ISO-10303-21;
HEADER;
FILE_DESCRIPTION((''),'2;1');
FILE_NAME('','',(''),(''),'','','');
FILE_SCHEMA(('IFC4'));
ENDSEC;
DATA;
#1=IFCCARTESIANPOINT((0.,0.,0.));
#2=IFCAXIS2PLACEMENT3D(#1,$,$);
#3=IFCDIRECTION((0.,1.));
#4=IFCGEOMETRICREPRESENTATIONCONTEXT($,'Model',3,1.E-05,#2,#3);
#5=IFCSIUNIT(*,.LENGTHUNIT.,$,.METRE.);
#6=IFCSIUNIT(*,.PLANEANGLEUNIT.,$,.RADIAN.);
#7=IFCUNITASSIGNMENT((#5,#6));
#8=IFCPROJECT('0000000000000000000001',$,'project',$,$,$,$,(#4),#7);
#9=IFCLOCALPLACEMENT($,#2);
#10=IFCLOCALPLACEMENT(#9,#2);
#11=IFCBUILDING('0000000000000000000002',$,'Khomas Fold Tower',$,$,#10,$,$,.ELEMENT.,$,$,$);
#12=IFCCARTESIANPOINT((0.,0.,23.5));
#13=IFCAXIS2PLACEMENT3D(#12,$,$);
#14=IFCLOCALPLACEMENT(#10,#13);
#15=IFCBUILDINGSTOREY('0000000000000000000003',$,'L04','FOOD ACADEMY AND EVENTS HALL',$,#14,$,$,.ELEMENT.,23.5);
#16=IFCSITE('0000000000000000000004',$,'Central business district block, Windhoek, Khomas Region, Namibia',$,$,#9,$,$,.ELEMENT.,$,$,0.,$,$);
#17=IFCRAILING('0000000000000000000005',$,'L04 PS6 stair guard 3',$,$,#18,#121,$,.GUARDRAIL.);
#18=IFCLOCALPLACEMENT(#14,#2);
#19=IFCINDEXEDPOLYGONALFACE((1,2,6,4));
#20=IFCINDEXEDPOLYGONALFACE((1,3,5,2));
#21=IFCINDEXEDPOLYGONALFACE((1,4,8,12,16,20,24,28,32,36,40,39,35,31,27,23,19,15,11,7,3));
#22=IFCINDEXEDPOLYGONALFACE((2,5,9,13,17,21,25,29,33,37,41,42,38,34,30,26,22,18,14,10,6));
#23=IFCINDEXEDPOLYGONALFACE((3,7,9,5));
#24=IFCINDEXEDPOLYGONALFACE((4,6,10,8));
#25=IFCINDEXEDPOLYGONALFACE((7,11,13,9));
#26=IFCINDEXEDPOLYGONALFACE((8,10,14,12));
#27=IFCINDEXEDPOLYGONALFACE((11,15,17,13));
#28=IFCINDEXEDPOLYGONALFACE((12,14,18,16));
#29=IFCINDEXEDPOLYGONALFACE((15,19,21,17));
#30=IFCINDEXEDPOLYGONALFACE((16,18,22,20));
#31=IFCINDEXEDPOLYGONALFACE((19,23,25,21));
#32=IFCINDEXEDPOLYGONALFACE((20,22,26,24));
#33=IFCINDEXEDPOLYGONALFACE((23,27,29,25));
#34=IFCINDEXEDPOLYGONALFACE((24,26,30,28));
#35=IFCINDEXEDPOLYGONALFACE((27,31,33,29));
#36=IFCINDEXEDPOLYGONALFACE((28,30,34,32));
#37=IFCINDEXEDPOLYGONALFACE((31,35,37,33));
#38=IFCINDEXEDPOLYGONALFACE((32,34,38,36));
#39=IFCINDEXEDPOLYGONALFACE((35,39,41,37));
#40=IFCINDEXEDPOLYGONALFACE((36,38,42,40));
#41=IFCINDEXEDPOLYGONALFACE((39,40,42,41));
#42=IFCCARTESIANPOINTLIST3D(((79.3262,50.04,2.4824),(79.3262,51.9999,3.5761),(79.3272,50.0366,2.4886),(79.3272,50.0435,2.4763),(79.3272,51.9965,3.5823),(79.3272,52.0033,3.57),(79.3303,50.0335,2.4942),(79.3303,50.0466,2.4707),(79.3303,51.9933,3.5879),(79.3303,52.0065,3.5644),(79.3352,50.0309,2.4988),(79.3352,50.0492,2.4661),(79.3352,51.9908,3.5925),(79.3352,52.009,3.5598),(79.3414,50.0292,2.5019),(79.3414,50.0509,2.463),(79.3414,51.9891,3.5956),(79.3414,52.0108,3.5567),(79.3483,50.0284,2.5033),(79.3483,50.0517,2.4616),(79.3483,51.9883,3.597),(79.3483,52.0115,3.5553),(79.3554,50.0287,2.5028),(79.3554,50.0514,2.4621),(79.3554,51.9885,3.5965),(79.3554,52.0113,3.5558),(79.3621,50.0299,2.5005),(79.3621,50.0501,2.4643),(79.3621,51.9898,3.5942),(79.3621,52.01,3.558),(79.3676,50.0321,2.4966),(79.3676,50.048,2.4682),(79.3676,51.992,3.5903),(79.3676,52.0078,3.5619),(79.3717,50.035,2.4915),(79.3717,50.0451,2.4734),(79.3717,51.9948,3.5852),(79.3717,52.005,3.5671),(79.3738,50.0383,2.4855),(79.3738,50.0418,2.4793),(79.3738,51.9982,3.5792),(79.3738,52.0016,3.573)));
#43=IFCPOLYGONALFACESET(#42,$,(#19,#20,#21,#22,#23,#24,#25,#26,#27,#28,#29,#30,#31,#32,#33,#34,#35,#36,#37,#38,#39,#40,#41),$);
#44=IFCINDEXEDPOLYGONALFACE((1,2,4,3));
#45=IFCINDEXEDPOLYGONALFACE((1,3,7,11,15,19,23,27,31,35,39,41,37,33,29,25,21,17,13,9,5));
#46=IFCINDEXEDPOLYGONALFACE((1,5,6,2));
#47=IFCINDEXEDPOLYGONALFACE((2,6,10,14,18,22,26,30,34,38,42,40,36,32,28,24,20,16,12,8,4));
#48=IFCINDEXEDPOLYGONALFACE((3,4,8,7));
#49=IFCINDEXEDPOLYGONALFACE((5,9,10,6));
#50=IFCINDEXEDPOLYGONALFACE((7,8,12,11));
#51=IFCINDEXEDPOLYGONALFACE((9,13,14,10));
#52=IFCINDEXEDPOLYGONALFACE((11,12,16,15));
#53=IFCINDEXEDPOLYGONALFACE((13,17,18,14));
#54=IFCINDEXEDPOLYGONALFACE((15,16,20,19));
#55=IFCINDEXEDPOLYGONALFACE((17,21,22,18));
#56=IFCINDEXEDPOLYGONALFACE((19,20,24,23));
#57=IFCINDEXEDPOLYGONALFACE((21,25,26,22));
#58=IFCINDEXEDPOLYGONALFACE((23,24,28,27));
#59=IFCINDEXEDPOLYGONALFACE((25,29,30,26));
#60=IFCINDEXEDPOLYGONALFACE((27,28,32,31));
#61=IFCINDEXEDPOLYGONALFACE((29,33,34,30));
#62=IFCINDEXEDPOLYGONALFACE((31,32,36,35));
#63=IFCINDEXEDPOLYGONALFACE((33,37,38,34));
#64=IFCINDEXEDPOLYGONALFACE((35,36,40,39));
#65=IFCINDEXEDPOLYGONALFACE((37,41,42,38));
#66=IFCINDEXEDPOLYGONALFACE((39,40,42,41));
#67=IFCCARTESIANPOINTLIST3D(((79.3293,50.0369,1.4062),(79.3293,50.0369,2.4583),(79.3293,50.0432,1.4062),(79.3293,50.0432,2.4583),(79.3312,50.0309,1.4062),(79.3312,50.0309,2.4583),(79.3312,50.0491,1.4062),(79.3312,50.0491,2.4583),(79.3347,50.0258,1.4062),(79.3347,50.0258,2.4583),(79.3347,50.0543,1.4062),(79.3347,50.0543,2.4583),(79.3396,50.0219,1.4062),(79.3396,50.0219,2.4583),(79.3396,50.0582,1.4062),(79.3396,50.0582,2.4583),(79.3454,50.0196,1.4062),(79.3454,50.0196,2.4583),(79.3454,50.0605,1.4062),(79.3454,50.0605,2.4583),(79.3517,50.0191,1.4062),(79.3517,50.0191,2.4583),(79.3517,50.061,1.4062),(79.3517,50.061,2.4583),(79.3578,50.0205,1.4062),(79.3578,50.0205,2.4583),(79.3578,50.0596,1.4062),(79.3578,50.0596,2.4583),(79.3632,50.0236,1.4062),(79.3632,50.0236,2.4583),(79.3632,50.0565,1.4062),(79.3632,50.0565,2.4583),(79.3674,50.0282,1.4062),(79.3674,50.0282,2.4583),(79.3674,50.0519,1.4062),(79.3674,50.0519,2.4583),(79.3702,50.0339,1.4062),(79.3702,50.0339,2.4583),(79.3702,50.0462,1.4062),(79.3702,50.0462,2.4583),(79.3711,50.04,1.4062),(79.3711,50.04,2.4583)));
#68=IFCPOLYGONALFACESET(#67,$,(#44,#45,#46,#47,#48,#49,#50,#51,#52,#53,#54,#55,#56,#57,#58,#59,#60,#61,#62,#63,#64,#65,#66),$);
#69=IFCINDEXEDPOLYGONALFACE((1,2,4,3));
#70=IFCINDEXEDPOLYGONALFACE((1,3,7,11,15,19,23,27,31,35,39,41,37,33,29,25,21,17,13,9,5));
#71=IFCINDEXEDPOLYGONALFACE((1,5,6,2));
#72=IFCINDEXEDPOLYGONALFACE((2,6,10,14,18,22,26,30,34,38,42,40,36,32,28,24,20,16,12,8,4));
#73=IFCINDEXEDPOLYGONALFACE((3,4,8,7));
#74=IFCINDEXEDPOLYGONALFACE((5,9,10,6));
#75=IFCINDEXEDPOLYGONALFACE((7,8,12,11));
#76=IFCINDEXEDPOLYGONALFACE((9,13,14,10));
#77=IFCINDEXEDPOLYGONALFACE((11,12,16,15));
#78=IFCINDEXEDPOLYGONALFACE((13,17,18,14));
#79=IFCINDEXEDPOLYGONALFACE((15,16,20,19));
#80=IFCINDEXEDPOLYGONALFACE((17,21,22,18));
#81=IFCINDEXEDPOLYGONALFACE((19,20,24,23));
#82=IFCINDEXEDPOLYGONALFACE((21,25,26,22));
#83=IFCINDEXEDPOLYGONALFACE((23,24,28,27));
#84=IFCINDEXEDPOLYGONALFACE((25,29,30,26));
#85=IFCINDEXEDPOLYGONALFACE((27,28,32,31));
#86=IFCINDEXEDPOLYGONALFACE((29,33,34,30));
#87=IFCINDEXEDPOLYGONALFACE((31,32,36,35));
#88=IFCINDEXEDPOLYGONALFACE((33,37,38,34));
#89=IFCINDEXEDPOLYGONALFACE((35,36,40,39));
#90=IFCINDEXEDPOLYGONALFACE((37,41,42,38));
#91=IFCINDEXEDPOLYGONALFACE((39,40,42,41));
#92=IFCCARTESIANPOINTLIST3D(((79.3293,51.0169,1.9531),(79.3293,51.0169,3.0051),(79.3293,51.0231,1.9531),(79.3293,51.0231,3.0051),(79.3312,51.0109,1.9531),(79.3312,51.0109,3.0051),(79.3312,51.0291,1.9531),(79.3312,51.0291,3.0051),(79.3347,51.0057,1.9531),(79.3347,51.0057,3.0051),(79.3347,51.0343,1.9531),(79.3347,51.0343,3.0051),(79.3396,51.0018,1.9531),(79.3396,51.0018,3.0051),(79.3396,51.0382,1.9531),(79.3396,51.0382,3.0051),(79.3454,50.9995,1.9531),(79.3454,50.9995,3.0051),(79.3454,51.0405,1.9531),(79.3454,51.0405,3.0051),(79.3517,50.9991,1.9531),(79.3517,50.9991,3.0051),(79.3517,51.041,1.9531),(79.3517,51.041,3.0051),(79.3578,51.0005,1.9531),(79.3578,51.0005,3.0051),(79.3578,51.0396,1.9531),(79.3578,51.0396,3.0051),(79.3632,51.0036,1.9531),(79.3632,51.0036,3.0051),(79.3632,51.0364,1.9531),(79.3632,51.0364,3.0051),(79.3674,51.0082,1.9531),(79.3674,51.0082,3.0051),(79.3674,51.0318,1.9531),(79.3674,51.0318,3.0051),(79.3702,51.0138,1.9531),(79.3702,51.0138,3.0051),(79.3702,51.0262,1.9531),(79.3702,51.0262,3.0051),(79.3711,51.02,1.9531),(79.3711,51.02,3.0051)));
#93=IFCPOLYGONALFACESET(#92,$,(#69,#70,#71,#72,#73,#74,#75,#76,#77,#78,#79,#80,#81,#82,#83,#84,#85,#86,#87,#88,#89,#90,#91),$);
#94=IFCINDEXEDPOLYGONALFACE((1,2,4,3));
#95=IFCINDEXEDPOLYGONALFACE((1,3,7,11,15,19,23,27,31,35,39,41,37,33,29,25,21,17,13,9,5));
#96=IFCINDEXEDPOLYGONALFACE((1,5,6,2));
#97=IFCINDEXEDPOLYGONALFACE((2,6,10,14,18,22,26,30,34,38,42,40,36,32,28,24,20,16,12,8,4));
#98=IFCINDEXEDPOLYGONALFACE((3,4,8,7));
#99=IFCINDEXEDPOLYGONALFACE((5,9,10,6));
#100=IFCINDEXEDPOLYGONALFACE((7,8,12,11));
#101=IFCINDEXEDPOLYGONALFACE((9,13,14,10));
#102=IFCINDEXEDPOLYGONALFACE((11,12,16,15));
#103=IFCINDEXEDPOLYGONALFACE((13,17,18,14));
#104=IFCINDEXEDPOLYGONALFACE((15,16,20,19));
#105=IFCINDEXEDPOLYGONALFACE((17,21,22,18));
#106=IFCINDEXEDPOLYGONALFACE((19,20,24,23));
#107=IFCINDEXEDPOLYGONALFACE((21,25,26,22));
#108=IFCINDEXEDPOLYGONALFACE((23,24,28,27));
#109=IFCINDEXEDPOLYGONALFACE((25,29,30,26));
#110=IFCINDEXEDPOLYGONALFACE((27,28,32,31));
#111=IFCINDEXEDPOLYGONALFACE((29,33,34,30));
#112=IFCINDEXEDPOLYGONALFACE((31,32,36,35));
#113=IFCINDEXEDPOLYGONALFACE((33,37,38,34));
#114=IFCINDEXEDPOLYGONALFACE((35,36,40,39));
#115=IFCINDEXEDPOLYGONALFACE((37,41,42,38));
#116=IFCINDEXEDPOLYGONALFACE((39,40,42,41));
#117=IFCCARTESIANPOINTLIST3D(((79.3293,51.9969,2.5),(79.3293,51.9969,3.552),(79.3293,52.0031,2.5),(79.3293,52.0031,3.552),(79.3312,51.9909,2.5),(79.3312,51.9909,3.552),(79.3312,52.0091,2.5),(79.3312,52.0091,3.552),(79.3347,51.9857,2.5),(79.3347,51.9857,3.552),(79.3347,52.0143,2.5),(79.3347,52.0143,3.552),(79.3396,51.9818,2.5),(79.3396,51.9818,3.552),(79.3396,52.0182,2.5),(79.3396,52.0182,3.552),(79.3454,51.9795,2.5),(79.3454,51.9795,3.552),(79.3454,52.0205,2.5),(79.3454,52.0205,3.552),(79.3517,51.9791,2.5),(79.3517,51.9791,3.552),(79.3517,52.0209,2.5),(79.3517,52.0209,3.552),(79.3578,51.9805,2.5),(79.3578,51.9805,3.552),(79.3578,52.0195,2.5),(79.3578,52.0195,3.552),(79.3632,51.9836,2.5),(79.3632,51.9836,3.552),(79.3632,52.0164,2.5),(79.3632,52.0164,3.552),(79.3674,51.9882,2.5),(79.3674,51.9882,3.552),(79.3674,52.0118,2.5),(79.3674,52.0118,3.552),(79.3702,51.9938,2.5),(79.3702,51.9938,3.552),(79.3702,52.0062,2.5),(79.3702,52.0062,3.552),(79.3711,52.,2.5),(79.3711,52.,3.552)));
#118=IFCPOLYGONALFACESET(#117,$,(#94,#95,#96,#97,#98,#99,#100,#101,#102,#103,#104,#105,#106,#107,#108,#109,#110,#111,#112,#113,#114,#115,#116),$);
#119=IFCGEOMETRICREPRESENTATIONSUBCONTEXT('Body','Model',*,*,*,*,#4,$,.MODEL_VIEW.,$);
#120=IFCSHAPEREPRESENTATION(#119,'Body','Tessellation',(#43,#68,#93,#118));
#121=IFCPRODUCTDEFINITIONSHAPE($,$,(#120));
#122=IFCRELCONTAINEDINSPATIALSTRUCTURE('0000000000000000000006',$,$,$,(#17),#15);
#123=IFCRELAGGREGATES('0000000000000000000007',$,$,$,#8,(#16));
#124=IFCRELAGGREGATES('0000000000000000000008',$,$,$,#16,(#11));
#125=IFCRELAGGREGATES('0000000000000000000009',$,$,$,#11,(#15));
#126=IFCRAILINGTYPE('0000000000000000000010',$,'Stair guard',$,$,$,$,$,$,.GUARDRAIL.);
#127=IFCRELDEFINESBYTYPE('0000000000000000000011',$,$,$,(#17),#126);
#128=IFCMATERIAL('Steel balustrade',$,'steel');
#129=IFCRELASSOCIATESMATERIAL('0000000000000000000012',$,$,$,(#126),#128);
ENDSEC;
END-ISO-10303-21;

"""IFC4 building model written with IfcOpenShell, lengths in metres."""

from ifc_helpers import new_model, si_unit, direction, frame, origin, origin_2d, place, context, subcontext, project, spatial, circle, extrude, source, transform, mapped, material, type_object, element, save


model = new_model("IFC4")

# Units and contexts
model_context = context("Model", 3, precision=1e-05, world=origin(), true_north=direction((0.0, 1.0)))
body_context = subcontext(model_context, "Body", "Model", "MODEL_VIEW")
ifc_project = project(units=[si_unit("LENGTHUNIT", "METRE"), si_unit("PLANEANGLEUNIT", "RADIAN")], contexts=[model_context])

# Site, building, storey
site_placement = place(None, origin())
site = spatial("IfcSite", under=ifc_project, at=site_placement, Name="Central business district block, Windhoek, Khomas Region, Namibia", CompositionType="ELEMENT", RefElevation=0.0)
building_placement = place(site_placement, origin())
building = spatial("IfcBuilding", under=site, at=building_placement, Name="Khomas Fold Tower", CompositionType="ELEMENT")
storey_placement = place(building_placement, frame((0.0, 0.0, 23.5)))
storey = spatial("IfcBuildingStorey", under=building, at=storey_placement, Name="L04", Description="FOOD ACADEMY AND EVENTS HALL", CompositionType="ELEMENT", Elevation=23.5)

# Railing
ifc_material_1 = material(Name="Steel balustrade", Category="steel")
railing_type_1 = type_object("IfcRailingType", Name="Stair guard", PredefinedType="GUARDRAIL", material=ifc_material_1)
shared_shape_1 = source(origin(), body_context, "Body", "SweptSolid", [
    extrude(circle(Radius=0.0239, at=origin_2d()), frame((0.0, 0.0, 1.0762), z_axis=(0.0, 0.873232, 0.487304), x_axis=(-1.0, 0.0, 0.0)), (0.0, 0.0, 1.0), 2.2444),
    extrude(circle(Radius=0.021, at=origin_2d()), origin(), (0.0, 0.0, 1.0), 1.052),
    extrude(circle(Radius=0.021, at=origin_2d()), frame((0.0, 0.98, 0.5469)), (0.0, 0.0, 1.0), 1.052),
    extrude(circle(Radius=0.021, at=origin_2d()), frame((0.0, 1.96, 1.0938)), (0.0, 0.0, 1.0), 1.052),
])
for number, where, name in (
    (1, (79.3501, 50.04, 1.4062), "L04 PS6 stair guard 3"),
):
    element("IfcRailing", number, at=place(storey_placement, frame(where)), inside=storey, type_object=railing_type_1, Name=name, PredefinedType="GUARDRAIL", context=body_context, shape_type="MappedRepresentation", body=[
        mapped(shared_shape_1, transform((0.0, 0.0, 0.0))),
    ])

save(model, "model.ifc")
